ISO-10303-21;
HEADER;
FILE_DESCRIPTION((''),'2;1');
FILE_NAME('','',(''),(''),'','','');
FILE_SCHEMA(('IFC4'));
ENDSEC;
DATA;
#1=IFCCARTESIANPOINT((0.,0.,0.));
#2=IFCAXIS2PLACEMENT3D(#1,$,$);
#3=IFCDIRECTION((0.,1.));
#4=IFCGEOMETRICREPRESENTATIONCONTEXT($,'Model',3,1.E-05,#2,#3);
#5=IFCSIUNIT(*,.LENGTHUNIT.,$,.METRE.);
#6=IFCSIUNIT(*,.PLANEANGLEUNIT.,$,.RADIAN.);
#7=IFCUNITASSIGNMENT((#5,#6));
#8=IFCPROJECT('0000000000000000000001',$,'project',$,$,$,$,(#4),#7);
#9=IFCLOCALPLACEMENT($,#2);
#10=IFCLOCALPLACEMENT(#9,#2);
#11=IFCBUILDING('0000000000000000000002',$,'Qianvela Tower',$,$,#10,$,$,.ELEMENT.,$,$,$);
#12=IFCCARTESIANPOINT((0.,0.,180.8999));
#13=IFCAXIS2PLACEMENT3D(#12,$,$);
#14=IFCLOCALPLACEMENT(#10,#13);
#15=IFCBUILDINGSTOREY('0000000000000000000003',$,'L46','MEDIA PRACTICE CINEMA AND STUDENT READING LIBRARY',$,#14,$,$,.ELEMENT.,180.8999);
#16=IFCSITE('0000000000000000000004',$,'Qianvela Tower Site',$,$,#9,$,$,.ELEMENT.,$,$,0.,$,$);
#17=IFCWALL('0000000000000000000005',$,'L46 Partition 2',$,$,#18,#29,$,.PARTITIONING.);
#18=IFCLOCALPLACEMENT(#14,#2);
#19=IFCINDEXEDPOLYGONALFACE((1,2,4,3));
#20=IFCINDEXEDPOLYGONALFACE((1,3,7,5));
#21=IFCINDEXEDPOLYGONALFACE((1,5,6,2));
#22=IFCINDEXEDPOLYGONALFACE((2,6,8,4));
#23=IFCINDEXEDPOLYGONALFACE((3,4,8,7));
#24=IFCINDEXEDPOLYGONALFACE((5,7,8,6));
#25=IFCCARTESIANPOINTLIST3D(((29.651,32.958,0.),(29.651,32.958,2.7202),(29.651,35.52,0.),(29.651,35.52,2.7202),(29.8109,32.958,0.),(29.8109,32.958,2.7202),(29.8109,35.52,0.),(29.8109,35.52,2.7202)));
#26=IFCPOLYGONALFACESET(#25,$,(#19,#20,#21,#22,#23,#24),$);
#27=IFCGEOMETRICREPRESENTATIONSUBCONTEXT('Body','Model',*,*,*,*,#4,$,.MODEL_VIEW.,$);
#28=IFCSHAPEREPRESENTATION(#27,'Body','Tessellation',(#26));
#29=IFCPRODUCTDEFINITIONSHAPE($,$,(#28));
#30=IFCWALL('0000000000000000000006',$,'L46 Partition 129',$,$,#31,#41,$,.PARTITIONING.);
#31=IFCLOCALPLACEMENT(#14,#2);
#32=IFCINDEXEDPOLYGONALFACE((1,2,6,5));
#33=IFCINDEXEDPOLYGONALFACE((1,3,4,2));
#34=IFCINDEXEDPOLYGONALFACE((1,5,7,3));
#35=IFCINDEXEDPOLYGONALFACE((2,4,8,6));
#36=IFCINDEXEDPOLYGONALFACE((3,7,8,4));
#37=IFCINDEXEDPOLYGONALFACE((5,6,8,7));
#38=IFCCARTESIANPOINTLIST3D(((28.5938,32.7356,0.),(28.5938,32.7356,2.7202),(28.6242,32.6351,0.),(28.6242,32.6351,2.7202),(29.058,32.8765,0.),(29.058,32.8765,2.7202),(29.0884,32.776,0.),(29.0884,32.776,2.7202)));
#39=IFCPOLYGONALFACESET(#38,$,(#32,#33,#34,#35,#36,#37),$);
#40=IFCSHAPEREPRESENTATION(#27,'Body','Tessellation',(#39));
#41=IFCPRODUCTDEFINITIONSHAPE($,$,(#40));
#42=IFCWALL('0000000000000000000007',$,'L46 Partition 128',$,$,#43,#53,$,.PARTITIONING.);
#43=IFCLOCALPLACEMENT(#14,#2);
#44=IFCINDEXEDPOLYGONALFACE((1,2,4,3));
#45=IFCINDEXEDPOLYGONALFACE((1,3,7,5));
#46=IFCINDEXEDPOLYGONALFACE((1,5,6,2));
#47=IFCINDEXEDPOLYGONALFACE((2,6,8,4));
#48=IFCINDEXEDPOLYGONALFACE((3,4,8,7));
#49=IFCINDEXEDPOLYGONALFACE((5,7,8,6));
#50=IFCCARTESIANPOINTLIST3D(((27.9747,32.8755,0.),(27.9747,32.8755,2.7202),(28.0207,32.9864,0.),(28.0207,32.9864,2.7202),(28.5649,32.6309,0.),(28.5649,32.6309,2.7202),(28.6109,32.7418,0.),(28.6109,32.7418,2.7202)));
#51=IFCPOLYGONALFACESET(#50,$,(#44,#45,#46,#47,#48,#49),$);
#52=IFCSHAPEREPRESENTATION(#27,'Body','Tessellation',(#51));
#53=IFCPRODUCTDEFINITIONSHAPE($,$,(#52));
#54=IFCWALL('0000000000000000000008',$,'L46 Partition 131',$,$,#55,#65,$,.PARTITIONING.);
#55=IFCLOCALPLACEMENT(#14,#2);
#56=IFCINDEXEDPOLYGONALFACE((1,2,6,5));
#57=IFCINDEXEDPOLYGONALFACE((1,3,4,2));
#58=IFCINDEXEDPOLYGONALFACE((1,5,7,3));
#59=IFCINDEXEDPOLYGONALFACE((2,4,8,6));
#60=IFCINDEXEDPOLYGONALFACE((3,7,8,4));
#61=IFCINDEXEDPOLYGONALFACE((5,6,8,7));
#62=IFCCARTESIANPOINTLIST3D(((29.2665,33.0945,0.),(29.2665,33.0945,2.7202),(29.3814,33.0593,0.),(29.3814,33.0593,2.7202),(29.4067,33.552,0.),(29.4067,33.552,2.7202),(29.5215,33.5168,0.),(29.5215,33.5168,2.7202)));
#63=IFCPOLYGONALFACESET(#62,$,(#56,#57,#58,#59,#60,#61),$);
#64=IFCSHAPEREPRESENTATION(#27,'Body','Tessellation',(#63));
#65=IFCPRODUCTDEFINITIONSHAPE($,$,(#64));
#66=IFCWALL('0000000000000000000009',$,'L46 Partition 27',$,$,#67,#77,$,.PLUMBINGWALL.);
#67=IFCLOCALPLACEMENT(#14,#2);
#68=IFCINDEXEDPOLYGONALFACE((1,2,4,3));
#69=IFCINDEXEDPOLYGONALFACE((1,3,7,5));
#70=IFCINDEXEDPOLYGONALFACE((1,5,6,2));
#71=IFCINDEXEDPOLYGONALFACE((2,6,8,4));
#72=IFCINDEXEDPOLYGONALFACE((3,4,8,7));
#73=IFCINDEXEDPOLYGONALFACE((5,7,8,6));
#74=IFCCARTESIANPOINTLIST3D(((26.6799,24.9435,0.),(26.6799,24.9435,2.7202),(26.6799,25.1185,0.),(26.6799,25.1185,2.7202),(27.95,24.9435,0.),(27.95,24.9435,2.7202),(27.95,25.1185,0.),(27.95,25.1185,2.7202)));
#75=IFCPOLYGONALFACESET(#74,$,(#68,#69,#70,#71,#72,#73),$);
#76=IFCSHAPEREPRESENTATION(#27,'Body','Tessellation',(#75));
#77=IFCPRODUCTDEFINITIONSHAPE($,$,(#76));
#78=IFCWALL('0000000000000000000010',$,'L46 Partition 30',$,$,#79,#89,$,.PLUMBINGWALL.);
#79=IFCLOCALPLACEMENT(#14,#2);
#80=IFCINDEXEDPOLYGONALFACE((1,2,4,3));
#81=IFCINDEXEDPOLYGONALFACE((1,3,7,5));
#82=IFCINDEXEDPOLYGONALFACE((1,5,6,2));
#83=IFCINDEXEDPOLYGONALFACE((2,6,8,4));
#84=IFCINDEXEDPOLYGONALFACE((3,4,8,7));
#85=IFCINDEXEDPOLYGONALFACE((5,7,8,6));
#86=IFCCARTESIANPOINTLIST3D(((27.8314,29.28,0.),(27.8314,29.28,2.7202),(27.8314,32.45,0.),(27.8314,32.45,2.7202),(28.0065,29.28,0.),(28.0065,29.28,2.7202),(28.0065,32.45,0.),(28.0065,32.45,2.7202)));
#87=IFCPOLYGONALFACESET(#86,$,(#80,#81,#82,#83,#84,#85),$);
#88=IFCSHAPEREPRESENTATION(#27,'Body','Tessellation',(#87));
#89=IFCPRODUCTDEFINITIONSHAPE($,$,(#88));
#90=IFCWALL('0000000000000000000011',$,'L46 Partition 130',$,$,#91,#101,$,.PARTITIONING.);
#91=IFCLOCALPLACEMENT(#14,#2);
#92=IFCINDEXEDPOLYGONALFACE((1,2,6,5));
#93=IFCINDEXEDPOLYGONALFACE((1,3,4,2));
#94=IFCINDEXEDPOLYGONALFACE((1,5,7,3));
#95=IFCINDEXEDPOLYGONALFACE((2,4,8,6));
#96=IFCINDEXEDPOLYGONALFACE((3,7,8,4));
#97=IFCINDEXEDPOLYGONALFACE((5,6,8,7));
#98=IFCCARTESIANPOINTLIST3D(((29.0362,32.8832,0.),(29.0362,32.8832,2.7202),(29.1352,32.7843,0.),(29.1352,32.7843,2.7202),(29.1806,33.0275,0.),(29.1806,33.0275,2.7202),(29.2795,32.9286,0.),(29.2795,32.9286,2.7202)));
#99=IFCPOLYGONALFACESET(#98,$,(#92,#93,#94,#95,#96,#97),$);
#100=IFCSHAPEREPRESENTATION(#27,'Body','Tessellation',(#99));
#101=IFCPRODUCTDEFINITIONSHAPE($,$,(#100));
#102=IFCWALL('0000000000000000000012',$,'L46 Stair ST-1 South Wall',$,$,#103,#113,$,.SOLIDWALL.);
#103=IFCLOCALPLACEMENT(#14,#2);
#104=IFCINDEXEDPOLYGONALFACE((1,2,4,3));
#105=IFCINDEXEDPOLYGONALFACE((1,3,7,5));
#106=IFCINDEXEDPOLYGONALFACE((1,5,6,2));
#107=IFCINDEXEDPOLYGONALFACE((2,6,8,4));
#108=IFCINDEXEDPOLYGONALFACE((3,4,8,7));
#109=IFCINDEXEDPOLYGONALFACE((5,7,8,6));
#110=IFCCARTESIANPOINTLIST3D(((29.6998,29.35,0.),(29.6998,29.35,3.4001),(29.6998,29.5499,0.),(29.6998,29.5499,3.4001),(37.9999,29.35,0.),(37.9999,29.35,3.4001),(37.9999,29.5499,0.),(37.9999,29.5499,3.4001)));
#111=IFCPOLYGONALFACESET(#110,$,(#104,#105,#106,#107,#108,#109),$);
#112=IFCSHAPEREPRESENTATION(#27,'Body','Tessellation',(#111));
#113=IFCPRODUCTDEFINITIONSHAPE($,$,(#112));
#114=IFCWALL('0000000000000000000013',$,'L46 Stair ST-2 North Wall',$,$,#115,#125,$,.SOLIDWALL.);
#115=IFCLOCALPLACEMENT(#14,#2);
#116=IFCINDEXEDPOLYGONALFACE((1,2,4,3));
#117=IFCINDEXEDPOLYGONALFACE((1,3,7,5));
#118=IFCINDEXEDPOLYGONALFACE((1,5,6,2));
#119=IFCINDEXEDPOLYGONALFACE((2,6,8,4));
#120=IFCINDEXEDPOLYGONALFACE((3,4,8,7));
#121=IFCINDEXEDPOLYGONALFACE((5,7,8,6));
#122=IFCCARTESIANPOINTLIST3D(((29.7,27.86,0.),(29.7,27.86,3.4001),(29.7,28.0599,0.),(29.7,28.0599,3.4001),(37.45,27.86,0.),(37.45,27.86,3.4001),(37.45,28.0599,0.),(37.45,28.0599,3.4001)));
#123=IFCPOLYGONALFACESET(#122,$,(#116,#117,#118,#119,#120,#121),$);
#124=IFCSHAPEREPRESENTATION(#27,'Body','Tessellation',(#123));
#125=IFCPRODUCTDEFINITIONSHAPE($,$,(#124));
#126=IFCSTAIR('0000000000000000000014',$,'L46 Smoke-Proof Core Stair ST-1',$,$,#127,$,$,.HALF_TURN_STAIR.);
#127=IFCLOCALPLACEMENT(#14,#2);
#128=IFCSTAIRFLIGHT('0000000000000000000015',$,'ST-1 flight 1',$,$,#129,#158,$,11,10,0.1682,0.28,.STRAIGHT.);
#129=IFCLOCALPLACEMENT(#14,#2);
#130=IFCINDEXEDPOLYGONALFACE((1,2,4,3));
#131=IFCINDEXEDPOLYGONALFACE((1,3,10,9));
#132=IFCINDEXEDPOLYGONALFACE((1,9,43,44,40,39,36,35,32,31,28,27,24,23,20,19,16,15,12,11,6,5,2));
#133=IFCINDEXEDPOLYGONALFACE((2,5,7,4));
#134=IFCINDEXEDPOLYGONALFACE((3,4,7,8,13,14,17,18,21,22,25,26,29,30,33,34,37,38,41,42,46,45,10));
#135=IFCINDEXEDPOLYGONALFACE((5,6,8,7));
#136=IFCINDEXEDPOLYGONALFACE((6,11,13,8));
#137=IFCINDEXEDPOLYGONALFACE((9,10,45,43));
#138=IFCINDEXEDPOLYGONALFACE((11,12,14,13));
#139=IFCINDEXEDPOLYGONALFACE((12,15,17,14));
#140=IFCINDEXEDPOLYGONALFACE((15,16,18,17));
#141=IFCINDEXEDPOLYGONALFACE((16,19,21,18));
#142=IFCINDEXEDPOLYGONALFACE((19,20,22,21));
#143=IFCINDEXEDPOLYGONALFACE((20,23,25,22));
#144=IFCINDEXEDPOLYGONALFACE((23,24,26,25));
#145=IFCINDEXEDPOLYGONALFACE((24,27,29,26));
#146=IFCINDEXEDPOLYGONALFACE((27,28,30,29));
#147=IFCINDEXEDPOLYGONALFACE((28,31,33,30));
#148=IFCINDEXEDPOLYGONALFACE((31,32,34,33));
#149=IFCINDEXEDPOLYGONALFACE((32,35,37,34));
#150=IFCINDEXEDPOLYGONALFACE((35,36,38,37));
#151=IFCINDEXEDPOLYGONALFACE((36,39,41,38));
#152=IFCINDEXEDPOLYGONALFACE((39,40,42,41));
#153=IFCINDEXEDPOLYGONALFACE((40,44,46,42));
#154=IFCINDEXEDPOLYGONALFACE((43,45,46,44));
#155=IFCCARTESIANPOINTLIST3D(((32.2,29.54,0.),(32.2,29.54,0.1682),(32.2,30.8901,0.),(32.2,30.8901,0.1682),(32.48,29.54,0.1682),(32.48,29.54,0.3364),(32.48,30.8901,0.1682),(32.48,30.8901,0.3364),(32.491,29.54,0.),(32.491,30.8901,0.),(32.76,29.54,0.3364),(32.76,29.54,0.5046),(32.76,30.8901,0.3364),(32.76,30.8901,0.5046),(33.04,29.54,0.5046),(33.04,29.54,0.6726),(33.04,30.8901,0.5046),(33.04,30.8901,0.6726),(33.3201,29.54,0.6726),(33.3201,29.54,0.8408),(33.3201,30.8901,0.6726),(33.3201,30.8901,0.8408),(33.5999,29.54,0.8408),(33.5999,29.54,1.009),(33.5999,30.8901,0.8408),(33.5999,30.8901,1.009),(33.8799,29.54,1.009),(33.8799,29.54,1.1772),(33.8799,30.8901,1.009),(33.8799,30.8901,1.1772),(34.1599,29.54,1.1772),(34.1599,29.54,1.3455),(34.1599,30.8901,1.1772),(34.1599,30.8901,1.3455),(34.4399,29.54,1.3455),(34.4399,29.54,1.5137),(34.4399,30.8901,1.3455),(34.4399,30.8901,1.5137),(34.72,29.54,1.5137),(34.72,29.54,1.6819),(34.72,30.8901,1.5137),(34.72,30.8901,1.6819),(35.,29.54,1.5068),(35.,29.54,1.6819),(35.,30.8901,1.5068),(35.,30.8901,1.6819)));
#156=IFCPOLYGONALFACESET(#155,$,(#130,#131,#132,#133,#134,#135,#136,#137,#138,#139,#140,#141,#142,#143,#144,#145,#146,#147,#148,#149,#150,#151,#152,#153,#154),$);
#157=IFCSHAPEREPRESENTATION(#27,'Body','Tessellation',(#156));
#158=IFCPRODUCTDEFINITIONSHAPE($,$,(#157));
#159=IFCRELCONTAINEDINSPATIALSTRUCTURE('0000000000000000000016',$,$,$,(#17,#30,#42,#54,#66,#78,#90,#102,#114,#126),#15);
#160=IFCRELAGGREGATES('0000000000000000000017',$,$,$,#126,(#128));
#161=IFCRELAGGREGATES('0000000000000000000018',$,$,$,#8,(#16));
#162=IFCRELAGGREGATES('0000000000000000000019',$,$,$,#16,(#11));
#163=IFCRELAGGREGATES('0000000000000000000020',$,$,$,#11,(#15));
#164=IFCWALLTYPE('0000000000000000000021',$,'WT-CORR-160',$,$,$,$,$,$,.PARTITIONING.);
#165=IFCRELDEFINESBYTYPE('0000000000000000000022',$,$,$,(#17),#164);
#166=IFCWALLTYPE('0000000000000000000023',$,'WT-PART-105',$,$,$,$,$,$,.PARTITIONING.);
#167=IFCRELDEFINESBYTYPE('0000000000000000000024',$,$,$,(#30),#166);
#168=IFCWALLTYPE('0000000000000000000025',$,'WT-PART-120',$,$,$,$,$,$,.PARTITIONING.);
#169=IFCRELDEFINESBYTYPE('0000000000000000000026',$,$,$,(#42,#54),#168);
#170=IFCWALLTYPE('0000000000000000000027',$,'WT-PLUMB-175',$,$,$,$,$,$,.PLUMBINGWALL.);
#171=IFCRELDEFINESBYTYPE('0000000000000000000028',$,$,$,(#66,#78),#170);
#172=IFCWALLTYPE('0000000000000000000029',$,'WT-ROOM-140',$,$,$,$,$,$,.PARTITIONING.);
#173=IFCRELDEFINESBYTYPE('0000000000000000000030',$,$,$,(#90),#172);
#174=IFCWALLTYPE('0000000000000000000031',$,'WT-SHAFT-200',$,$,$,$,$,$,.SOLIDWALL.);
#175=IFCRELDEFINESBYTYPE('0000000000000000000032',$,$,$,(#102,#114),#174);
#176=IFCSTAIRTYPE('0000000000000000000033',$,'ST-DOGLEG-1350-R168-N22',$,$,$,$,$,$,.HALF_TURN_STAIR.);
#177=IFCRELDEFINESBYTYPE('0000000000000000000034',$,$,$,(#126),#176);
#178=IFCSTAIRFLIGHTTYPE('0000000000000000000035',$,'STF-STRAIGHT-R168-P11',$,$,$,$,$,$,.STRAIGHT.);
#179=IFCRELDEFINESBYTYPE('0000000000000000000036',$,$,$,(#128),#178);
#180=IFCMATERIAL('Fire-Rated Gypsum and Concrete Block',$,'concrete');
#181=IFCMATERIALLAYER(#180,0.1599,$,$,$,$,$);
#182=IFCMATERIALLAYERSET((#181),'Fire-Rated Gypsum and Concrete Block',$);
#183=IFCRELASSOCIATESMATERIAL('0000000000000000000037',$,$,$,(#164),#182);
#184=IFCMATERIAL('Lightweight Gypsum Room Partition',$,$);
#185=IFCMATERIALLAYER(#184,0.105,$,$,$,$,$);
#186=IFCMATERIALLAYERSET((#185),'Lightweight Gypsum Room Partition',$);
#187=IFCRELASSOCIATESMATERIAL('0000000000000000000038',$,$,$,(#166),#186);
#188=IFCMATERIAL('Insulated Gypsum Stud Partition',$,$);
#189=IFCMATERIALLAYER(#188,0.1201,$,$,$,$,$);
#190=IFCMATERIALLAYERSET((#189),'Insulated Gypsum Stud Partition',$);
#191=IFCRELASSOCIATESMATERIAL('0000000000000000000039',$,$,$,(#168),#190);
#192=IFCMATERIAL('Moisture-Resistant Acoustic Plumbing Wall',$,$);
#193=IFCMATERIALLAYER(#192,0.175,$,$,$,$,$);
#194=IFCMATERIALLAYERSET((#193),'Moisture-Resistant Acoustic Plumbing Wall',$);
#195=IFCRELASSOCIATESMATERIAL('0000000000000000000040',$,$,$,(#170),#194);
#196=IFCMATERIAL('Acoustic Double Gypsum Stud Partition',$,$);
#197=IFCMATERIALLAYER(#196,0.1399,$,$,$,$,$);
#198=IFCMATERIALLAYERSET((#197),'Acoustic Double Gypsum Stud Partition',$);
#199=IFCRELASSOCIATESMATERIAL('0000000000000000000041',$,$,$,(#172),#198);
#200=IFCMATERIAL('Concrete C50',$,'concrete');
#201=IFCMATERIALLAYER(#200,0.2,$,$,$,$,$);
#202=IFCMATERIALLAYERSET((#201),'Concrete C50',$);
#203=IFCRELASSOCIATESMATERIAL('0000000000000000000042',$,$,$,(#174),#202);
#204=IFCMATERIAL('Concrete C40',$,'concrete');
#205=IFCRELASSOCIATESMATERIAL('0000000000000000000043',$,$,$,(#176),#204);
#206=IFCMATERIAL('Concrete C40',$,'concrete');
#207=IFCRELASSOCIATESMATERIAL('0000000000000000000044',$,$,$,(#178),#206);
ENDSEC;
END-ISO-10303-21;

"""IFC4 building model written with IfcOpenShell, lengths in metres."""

from ifc_helpers import new_model, si_unit, direction, frame, frame_2d, origin, place, context, subcontext, project, spatial, polyline, rectangle, outline, extrude, material, layer, layer_set, type_object, element, aggregate, save


model = new_model("IFC4")

# Units and contexts
model_context = context("Model", 3, precision=1e-05, world=origin(), true_north=direction((0.0, 1.0)))
body_context = subcontext(model_context, "Body", "Model", "MODEL_VIEW")
ifc_project = project(units=[si_unit("LENGTHUNIT", "METRE"), si_unit("PLANEANGLEUNIT", "RADIAN")], contexts=[model_context])

# Site, building, storey
site_placement = place(None, origin())
site = spatial("IfcSite", under=ifc_project, at=site_placement, Name="Qianvela Tower Site", CompositionType="ELEMENT", RefElevation=0.0)
building_placement = place(site_placement, origin())
building = spatial("IfcBuilding", under=site, at=building_placement, Name="Qianvela Tower", CompositionType="ELEMENT")
storey_placement = place(building_placement, frame((0.0, 0.0, 180.8999)))
storey = spatial("IfcBuildingStorey", under=building, at=storey_placement, Name="L46", Description="MEDIA PRACTICE CINEMA AND STUDENT READING LIBRARY", CompositionType="ELEMENT", Elevation=180.8999)

# Walls
ifc_material_1 = material(Name="Fire-Rated Gypsum and Concrete Block", Category="concrete")
ifc_layer_1 = layer(ifc_material_1, 0.1599)
ifc_layer_set_1 = layer_set([ifc_layer_1], Name="Fire-Rated Gypsum and Concrete Block")
wall_type_1 = type_object("IfcWallType", Name="WT-CORR-160", PredefinedType="PARTITIONING", material=ifc_layer_set_1)
wall_1_placement = place(storey_placement, frame((29.731, 32.958, 0.0), z_axis=(0.0, 0.0, 1.0), x_axis=(0.0, 1.0, 0.0)))
element("IfcWall", 1, at=wall_1_placement, inside=storey, type_object=wall_type_1, Name="L46 Partition 2", PredefinedType="PARTITIONING", context=body_context, shape_type="SweptSolid", body=[
    extrude(rectangle(XDim=2.562, YDim=0.1599, at=frame_2d((1.281, 0.0))), origin(), (0.0, 0.0, 1.0), 2.7202),
])
ifc_material_2 = material(Name="Lightweight Gypsum Room Partition")
ifc_layer_2 = layer(ifc_material_2, 0.105)
ifc_layer_set_2 = layer_set([ifc_layer_2], Name="Lightweight Gypsum Room Partition")
wall_type_2 = type_object("IfcWallType", Name="WT-PART-105", PredefinedType="PARTITIONING", material=ifc_layer_set_2)
wall_2_placement = place(storey_placement, frame((28.6089, 32.6853, 0.0), z_axis=(0.0, 0.0, 1.0), x_axis=(0.956893, 0.29044, 0.0)))
element("IfcWall", 2, at=wall_2_placement, inside=storey, type_object=wall_type_2, Name="L46 Partition 129", PredefinedType="PARTITIONING", context=body_context, shape_type="SweptSolid", body=[
    extrude(rectangle(XDim=0.4851, YDim=0.105, at=frame_2d((0.2427, 0.0))), origin(), (0.0, 0.0, 1.0), 2.7202),
])
ifc_material_3 = material(Name="Insulated Gypsum Stud Partition")
ifc_layer_3 = layer(ifc_material_3, 0.1201)
ifc_layer_set_3 = layer_set([ifc_layer_3], Name="Insulated Gypsum Stud Partition")
wall_type_3 = type_object("IfcWallType", Name="WT-PART-120", PredefinedType="PARTITIONING", material=ifc_layer_set_3)
wall_3_placement = place(storey_placement, frame((27.9978, 32.9309, 0.0), z_axis=(0.0, 0.0, 1.0), x_axis=(0.923821, -0.382824, 0.0)))
element("IfcWall", 3, at=wall_3_placement, inside=storey, type_object=wall_type_3, Name="L46 Partition 128", PredefinedType="PARTITIONING", context=body_context, shape_type="SweptSolid", body=[
    extrude(rectangle(XDim=0.6389, YDim=0.1201, at=frame_2d((0.3193, 0.0))), origin(), (0.0, 0.0, 1.0), 2.7202),
])
wall_4_placement = place(storey_placement, frame((29.324, 33.0769, 0.0), z_axis=(0.0, 0.0, 1.0), x_axis=(0.292867, 0.956153, 0.0)))
element("IfcWall", 4, at=wall_4_placement, inside=storey, type_object=wall_type_3, Name="L46 Partition 131", PredefinedType="PARTITIONING", context=body_context, shape_type="SweptSolid", body=[
    extrude(rectangle(XDim=0.4785, YDim=0.1201, at=frame_2d((0.2393, 0.0))), origin(), (0.0, 0.0, 1.0), 2.7202),
])
ifc_material_4 = material(Name="Moisture-Resistant Acoustic Plumbing Wall")
ifc_layer_4 = layer(ifc_material_4, 0.175)
ifc_layer_set_4 = layer_set([ifc_layer_4], Name="Moisture-Resistant Acoustic Plumbing Wall")
wall_type_4 = type_object("IfcWallType", Name="WT-PLUMB-175", PredefinedType="PLUMBINGWALL", material=ifc_layer_set_4)
wall_5_placement = place(storey_placement, frame((27.95, 25.031, 0.0), z_axis=(0.0, 0.0, 1.0), x_axis=(-1.0, 0.0, 0.0)))
element("IfcWall", 5, at=wall_5_placement, inside=storey, type_object=wall_type_4, Name="L46 Partition 27", PredefinedType="PLUMBINGWALL", context=body_context, shape_type="SweptSolid", body=[
    extrude(rectangle(XDim=1.27, YDim=0.175, at=frame_2d((0.635, 0.0))), origin(), (0.0, 0.0, 1.0), 2.7202),
])
wall_6_placement = place(storey_placement, frame((27.9189, 32.45, 0.0), z_axis=(0.0, 0.0, 1.0), x_axis=(0.0, -1.0, 0.0)))
element("IfcWall", 6, at=wall_6_placement, inside=storey, type_object=wall_type_4, Name="L46 Partition 30", PredefinedType="PLUMBINGWALL", context=body_context, shape_type="SweptSolid", body=[
    extrude(rectangle(XDim=3.1699, YDim=0.175, at=frame_2d((1.585, 0.0))), origin(), (0.0, 0.0, 1.0), 2.7202),
])
ifc_material_5 = material(Name="Acoustic Double Gypsum Stud Partition")
ifc_layer_5 = layer(ifc_material_5, 0.1399)
ifc_layer_set_5 = layer_set([ifc_layer_5], Name="Acoustic Double Gypsum Stud Partition")
wall_type_5 = type_object("IfcWallType", Name="WT-ROOM-140", PredefinedType="PARTITIONING", material=ifc_layer_set_5)
wall_7_placement = place(storey_placement, frame((29.0857, 32.8337, 0.0), z_axis=(0.0, 0.0, 1.0), x_axis=(0.707107, 0.707107, 0.0)))
element("IfcWall", 7, at=wall_7_placement, inside=storey, type_object=wall_type_5, Name="L46 Partition 130", PredefinedType="PARTITIONING", context=body_context, shape_type="SweptSolid", body=[
    extrude(rectangle(XDim=0.2041, YDim=0.1399, at=frame_2d((0.1021, 0.0))), origin(), (0.0, 0.0, 1.0), 2.7202),
])
ifc_material_6 = material(Name="Concrete C50", Category="concrete")
ifc_layer_6 = layer(ifc_material_6, 0.2)
ifc_layer_set_6 = layer_set([ifc_layer_6], Name="Concrete C50")
wall_type_6 = type_object("IfcWallType", Name="WT-SHAFT-200", PredefinedType="SOLIDWALL", material=ifc_layer_set_6)
wall_8_placement = place(storey_placement, frame((29.7, 29.45, 0.0), z_axis=(0.0, 0.0, 1.0), x_axis=(1.0, 0.0, 0.0)))
element("IfcWall", 8, at=wall_8_placement, inside=storey, type_object=wall_type_6, Name="L46 Stair ST-1 South Wall", PredefinedType="SOLIDWALL", context=body_context, shape_type="SweptSolid", body=[
    extrude(rectangle(XDim=8.3, YDim=0.2, at=frame_2d((4.1499, 0.0))), origin(), (0.0, 0.0, 1.0), 3.4001),
])
wall_9_placement = place(storey_placement, frame((29.7, 27.96, 0.0), z_axis=(0.0, 0.0, 1.0), x_axis=(1.0, 0.0, 0.0)))
element("IfcWall", 9, at=wall_9_placement, inside=storey, type_object=wall_type_6, Name="L46 Stair ST-2 North Wall", PredefinedType="SOLIDWALL", context=body_context, shape_type="SweptSolid", body=[
    extrude(rectangle(XDim=7.75, YDim=0.2, at=frame_2d((3.875, 0.0))), origin(), (0.0, 0.0, 1.0), 3.4001),
])

# Stair, stair flight
ifc_material_7 = material(Name="Concrete C40", Category="concrete")
stair_type = type_object("IfcStairType", Name="ST-DOGLEG-1350-R168-N22", PredefinedType="HALF_TURN_STAIR", material=ifc_material_7)
stair_1_placement = place(storey_placement, origin())
stair_1 = element("IfcStair", 10, at=stair_1_placement, inside=storey, type_object=stair_type, Name="L46 Smoke-Proof Core Stair ST-1", PredefinedType="HALF_TURN_STAIR")
ifc_material_8 = material(Name="Concrete C40", Category="concrete")
stair_flight_type = type_object("IfcStairFlightType", Name="STF-STRAIGHT-R168-P11", PredefinedType="STRAIGHT", material=ifc_material_8)
stair_flight_1_placement = place(storey_placement, frame((32.2, 30.2151, 0.0), z_axis=(0.0, 0.0, 1.0), x_axis=(1.0, 0.0, 0.0)))
stair_flight_1 = element("IfcStairFlight", 11, at=stair_flight_1_placement, type_object=stair_flight_type, Name="ST-1 flight 1", NumberOfRisers=11, NumberOfTreads=10, PredefinedType="STRAIGHT", RiserHeight=0.1682, TreadLength=0.28, context=body_context, shape_type="SweptSolid", body=[
    extrude(outline(polyline([(0.0, 0.0), (0.0, 0.1682), (0.28, 0.1682), (0.28, 0.3364), (0.5601, 0.3364), (0.5601, 0.5046), (0.8401, 0.5046), (0.8401, 0.6726), (1.1201, 0.6726), (1.1201, 0.8408), (1.3999, 0.8408), (1.3999, 1.009), (1.6799, 1.009), (1.6799, 1.1772), (1.96, 1.1772), (1.96, 1.3455), (2.24, 1.3455), (2.24, 1.5137), (2.52, 1.5137), (2.52, 1.6819), (2.8, 1.6819), (2.8, 1.8501), (2.8, 1.5068), (0.291, 0.0), (0.0, 0.0)])), frame((0.0, 0.675, 0.0), z_axis=(0.0, -1.0, 0.0), x_axis=(1.0, 0.0, 0.0)), (0.0, 0.0, 1.0), 1.3501),
])
aggregate(stair_1, [stair_flight_1])

save(model, "model.ifc")
